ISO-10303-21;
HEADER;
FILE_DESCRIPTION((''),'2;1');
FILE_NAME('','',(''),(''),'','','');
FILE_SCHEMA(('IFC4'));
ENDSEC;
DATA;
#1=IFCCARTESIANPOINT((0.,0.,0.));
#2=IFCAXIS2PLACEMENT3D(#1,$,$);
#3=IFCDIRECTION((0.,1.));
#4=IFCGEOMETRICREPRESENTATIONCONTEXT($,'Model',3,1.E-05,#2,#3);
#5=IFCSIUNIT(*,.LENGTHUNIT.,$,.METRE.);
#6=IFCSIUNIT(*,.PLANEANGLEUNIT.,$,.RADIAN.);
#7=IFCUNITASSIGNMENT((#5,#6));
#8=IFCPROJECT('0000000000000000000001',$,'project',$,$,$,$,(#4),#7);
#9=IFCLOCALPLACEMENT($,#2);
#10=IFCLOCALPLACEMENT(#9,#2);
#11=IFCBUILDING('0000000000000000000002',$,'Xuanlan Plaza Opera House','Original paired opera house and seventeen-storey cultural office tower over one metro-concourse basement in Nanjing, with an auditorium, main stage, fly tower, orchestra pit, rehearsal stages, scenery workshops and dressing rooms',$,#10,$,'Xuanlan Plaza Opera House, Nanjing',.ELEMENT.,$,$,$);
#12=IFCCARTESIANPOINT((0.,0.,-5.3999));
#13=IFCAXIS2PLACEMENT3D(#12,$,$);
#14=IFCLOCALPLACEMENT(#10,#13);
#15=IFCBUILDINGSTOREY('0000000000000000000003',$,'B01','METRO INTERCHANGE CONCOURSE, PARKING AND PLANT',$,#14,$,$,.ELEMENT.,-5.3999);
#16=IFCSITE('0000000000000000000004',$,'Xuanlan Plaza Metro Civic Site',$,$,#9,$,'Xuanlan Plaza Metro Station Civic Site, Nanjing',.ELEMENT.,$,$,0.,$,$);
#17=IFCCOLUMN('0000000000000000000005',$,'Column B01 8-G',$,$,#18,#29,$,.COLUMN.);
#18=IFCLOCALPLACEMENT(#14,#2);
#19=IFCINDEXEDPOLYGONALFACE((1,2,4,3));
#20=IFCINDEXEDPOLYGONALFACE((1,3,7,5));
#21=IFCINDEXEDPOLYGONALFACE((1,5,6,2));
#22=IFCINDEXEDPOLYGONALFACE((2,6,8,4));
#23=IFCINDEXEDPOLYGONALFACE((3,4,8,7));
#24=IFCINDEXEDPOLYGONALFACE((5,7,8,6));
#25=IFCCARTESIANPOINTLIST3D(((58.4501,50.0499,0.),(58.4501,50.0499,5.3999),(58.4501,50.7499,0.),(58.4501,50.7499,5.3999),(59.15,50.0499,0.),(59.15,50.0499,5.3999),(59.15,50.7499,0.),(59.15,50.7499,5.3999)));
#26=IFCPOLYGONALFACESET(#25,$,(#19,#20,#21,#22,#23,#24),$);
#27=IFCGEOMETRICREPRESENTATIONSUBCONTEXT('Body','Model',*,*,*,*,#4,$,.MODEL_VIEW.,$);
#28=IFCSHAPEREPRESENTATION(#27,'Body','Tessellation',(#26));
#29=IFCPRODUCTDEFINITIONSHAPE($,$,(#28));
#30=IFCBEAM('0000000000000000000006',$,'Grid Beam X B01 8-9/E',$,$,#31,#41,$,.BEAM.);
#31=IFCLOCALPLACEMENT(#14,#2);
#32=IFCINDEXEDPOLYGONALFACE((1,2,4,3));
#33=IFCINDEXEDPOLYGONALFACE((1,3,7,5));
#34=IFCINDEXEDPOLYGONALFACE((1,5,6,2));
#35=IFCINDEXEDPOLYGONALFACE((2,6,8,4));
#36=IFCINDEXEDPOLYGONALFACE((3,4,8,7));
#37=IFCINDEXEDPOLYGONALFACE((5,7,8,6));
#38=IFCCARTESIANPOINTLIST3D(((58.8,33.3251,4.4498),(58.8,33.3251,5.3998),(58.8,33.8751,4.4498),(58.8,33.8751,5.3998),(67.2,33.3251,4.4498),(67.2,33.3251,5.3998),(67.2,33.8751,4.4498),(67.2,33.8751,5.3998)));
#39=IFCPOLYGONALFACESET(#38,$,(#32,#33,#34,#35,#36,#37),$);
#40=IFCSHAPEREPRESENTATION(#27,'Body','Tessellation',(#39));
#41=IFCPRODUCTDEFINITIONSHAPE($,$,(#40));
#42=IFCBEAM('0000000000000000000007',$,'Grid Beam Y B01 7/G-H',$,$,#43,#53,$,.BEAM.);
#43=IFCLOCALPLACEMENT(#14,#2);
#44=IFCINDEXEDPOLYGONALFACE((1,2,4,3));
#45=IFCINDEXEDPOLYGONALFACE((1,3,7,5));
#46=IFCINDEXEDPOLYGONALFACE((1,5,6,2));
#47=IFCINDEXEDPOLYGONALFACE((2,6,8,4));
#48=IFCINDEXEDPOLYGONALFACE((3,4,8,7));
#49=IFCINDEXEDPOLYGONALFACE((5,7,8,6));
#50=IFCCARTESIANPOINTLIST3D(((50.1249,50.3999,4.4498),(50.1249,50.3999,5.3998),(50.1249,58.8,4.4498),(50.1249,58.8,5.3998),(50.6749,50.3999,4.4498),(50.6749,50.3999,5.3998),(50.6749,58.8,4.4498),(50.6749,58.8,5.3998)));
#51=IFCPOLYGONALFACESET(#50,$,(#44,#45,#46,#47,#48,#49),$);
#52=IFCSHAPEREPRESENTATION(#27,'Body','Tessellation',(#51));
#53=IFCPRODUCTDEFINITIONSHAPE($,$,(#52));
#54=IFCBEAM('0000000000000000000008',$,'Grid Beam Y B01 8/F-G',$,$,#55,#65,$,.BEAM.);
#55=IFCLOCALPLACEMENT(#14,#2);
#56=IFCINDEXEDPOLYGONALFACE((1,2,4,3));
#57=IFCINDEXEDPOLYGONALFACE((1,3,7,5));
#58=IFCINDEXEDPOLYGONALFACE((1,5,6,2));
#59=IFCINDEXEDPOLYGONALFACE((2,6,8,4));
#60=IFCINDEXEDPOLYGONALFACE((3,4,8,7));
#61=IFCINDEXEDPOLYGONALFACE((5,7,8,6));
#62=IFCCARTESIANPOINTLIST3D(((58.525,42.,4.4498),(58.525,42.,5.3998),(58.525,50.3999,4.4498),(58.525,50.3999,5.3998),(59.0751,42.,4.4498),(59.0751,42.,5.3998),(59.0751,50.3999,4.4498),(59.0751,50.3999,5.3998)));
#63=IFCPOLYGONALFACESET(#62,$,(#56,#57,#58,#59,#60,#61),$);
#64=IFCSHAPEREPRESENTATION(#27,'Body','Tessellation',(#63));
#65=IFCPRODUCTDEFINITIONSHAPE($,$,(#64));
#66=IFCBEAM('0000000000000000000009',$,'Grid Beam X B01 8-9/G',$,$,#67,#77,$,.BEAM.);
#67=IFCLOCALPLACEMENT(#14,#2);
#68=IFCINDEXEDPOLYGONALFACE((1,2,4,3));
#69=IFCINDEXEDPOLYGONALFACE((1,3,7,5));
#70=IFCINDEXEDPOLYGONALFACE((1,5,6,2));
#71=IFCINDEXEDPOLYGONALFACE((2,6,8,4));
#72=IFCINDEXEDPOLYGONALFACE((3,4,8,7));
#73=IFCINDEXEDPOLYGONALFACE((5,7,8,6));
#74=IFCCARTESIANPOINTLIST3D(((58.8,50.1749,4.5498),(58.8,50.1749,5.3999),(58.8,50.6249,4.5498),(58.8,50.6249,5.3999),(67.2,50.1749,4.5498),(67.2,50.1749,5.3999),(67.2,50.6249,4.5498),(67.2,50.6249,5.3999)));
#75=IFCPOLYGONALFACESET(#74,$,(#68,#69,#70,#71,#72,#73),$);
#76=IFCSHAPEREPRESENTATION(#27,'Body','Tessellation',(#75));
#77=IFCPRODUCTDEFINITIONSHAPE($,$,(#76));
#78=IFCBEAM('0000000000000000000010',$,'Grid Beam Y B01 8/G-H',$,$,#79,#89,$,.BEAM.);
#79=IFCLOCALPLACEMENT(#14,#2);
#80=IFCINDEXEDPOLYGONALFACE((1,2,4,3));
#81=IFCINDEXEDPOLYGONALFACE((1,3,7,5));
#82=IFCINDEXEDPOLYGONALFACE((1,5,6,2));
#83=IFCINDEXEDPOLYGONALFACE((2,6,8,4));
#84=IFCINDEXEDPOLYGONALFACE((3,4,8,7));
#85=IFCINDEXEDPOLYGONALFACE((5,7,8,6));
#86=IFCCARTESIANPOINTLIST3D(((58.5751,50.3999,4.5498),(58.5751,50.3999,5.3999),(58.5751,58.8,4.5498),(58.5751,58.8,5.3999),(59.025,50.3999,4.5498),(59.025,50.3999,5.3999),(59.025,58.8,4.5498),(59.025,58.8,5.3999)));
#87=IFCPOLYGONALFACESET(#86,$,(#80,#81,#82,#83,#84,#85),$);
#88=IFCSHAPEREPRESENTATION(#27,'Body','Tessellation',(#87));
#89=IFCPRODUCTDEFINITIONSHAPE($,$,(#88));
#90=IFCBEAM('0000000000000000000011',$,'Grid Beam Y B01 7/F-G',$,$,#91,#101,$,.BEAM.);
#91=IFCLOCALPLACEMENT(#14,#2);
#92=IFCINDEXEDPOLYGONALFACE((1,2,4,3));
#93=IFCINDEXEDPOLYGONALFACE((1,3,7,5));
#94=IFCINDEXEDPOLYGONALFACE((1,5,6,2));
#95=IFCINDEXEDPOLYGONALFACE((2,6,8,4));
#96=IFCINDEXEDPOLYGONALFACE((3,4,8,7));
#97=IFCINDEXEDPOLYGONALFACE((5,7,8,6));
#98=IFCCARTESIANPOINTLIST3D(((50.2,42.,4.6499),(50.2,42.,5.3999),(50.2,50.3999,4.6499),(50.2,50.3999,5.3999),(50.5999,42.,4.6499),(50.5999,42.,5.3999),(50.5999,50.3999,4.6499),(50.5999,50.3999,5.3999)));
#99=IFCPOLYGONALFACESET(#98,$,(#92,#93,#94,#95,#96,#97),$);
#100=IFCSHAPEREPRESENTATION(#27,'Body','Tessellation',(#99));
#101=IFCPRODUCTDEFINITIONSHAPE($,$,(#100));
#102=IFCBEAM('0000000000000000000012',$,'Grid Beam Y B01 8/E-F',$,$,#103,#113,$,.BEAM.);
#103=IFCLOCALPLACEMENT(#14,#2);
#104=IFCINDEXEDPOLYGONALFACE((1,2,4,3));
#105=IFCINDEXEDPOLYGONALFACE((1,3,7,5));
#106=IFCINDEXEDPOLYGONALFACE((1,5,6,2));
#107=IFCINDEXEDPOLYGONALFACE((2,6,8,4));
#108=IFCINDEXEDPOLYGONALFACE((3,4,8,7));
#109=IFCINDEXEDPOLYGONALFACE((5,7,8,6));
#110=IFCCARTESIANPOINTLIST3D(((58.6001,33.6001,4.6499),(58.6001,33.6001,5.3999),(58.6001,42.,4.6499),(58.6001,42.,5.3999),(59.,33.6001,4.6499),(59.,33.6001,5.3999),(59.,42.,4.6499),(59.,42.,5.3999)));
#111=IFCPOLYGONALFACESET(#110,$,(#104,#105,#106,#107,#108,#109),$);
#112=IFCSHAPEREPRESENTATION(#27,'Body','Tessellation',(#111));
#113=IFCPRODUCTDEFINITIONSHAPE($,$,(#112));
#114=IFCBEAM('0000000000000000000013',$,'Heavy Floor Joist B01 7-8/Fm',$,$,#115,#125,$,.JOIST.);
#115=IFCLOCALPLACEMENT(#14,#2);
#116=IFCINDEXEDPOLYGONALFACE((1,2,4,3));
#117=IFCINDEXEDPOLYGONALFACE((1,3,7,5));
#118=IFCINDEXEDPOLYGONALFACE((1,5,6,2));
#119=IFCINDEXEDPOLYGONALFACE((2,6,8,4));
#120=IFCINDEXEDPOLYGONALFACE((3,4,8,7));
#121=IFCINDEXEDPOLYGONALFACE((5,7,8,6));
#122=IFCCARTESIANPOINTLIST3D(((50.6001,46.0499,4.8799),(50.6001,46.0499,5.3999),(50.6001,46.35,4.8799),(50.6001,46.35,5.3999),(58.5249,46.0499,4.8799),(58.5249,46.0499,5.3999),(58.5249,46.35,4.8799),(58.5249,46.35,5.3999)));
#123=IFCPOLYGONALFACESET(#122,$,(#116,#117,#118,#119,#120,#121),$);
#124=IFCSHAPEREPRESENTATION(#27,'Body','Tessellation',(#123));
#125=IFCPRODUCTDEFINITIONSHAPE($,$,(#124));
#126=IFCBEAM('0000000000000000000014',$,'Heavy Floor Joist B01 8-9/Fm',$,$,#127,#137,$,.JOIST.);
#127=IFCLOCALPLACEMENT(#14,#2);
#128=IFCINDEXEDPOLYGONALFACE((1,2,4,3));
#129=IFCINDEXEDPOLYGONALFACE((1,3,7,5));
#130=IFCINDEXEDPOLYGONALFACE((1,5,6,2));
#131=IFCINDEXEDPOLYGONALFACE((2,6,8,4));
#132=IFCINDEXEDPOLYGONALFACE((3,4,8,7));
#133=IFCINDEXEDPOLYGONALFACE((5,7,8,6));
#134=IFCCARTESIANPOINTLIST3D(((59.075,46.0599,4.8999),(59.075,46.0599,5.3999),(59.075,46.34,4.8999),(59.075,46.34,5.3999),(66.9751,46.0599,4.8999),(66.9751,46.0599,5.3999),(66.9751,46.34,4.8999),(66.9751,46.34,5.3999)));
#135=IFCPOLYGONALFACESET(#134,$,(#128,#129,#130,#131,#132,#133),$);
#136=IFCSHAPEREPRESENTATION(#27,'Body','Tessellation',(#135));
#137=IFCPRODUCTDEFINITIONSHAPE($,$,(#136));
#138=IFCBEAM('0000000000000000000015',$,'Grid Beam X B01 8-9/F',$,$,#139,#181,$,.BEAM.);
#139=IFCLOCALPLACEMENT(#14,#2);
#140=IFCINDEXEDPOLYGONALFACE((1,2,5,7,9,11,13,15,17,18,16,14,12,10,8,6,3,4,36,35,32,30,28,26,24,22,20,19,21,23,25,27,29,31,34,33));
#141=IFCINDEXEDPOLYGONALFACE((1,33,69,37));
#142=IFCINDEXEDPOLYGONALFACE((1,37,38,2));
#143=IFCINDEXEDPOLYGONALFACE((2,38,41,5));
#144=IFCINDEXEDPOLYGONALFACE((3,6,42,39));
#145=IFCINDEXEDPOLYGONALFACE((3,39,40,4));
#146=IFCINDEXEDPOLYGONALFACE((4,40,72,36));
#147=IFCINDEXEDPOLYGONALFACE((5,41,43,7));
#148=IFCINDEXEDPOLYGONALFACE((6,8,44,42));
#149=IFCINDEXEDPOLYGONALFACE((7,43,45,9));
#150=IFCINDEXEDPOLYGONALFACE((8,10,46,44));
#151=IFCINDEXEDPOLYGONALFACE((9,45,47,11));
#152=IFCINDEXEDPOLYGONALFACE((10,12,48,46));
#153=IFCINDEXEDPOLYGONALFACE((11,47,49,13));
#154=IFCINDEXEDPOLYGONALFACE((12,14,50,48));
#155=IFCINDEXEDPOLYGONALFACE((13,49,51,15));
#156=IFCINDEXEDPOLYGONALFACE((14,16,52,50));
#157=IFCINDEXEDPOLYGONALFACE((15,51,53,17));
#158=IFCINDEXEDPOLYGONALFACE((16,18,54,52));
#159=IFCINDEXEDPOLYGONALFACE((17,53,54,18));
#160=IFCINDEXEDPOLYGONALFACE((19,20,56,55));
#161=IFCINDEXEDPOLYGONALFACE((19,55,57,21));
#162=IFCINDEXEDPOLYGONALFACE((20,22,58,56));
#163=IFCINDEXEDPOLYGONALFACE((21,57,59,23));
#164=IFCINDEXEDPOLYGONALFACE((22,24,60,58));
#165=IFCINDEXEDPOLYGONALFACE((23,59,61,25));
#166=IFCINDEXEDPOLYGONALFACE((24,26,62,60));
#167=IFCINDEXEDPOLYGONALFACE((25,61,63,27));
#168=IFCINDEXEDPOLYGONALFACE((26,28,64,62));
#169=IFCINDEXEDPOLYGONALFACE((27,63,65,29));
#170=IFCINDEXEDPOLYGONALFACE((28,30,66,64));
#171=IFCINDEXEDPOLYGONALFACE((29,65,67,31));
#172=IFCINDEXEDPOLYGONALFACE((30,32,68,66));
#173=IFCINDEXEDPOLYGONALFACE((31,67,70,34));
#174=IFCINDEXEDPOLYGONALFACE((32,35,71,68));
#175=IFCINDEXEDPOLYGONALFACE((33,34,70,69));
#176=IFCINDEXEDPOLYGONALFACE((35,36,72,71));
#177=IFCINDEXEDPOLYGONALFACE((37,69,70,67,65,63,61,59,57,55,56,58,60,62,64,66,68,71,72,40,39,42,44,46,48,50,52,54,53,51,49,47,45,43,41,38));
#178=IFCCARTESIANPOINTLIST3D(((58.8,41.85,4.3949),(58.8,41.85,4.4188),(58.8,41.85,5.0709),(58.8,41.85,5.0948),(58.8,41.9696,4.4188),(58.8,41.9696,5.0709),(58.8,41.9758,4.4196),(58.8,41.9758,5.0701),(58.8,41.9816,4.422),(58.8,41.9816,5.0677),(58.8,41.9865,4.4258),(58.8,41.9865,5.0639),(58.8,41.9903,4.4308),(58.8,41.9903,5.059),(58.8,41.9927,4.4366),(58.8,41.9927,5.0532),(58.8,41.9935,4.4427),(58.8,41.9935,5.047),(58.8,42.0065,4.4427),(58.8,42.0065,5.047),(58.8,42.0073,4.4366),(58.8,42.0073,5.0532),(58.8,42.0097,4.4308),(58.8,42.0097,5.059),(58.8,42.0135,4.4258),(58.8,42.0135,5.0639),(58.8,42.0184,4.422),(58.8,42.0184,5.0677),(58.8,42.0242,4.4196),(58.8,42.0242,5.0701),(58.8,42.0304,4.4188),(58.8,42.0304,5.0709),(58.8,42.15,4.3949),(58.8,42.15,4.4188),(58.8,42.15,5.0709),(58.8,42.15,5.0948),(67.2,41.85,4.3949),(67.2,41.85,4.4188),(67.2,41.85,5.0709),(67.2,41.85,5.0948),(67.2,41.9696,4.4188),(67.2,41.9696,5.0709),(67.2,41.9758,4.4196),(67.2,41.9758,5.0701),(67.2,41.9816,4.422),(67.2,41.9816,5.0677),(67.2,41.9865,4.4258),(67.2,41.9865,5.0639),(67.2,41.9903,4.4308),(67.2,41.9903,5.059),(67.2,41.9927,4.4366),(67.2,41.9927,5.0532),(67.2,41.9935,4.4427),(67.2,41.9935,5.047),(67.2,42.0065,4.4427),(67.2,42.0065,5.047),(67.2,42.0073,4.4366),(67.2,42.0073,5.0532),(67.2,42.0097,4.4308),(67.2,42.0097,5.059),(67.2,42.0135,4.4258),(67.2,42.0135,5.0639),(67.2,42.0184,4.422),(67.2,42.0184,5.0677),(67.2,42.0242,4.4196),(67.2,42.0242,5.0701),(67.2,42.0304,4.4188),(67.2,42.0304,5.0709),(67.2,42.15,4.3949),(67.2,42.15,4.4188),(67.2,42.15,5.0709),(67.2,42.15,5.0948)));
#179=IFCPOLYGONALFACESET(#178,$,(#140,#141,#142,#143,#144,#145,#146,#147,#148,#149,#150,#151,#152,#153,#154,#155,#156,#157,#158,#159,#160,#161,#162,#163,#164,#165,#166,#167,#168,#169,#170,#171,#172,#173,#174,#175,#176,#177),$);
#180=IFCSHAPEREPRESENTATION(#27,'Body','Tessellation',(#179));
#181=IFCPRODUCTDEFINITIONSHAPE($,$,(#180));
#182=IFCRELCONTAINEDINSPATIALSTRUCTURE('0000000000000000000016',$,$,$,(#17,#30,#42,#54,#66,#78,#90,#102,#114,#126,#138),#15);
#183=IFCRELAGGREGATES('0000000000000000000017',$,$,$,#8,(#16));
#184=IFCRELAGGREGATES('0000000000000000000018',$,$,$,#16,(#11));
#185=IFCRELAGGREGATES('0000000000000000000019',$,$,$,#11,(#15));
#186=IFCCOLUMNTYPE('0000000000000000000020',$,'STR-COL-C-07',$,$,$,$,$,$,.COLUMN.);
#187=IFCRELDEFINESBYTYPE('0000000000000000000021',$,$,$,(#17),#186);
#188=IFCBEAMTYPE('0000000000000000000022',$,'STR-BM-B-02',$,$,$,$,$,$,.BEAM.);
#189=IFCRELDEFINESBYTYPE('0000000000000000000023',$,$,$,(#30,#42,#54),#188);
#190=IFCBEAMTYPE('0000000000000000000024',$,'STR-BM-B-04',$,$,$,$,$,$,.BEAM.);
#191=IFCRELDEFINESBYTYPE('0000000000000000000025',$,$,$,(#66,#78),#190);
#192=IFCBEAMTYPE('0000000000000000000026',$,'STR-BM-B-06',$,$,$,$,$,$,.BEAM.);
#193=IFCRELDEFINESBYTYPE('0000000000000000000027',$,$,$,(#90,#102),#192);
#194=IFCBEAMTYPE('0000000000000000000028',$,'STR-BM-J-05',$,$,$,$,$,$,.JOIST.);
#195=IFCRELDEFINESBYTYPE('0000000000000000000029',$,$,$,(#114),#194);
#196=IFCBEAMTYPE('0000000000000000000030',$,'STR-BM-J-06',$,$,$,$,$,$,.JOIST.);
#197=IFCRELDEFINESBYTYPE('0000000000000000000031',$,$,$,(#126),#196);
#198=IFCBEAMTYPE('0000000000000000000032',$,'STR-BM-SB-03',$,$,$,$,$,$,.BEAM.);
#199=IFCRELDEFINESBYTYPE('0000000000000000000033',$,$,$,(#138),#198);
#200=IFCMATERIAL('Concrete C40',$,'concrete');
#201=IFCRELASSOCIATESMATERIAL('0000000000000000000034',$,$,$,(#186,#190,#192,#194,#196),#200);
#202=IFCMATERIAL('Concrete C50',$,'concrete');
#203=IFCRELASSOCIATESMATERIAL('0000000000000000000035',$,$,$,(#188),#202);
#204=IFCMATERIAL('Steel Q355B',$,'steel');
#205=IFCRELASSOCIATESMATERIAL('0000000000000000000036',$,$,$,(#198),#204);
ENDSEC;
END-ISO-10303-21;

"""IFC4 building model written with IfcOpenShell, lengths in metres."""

from ifc_helpers import new_model, si_unit, direction, frame, origin, origin_2d, place, context, subcontext, project, spatial, rectangle, i_section, extrude, material, material_profile, profile_set, type_object, element, save


model = new_model("IFC4")

# Units and contexts
model_context = context("Model", 3, precision=1e-05, world=origin(), true_north=direction((0.0, 1.0)))
body_context = subcontext(model_context, "Body", "Model", "MODEL_VIEW")
ifc_project = project(units=[si_unit("LENGTHUNIT", "METRE"), si_unit("PLANEANGLEUNIT", "RADIAN")], contexts=[model_context])

# Site, building, storey
site_placement = place(None, origin())
site = spatial("IfcSite", under=ifc_project, at=site_placement, Name="Xuanlan Plaza Metro Civic Site", LongName="Xuanlan Plaza Metro Station Civic Site, Nanjing", CompositionType="ELEMENT", RefElevation=0.0)
building_placement = place(site_placement, origin())
building = spatial("IfcBuilding", under=site, at=building_placement, Name="Xuanlan Plaza Opera House", Description="Original paired opera house and seventeen-storey cultural office tower over one metro-concourse basement in Nanjing, with an auditorium, main stage, fly tower, orchestra pit, rehearsal stages, scenery workshops and dressing rooms", LongName="Xuanlan Plaza Opera House, Nanjing", CompositionType="ELEMENT")
storey_placement = place(building_placement, frame((0.0, 0.0, -5.3999)))
storey = spatial("IfcBuildingStorey", under=building, at=storey_placement, Name="B01", Description="METRO INTERCHANGE CONCOURSE, PARKING AND PLANT", CompositionType="ELEMENT", Elevation=-5.3999)

# Shared definitions
ifc_material_1 = material(Name="Concrete C40", Category="concrete")
ifc_material_2 = material(Name="Concrete C50", Category="concrete")

# Column
ifc_material_profile_1 = material_profile(ifc_material_1, rectangle(XDim=0.7, YDim=0.7, at=origin_2d()), Name="RC-COL 700x700")
ifc_profile_set_1 = profile_set([ifc_material_profile_1], Name="Concrete C40")
column_type_1 = type_object("IfcColumnType", Name="STR-COL-C-07", PredefinedType="COLUMN", material=ifc_profile_set_1)
column_1_placement = place(storey_placement, frame((58.8, 50.3999, 0.0), z_axis=(0.0, 0.0, 1.0), x_axis=(1.0, 0.0, 0.0)))
element("IfcColumn", 1, at=column_1_placement, inside=storey, type_object=column_type_1, Name="Column B01 8-G", PredefinedType="COLUMN", context=body_context, shape_type="SweptSolid", body=[
    extrude(rectangle(XDim=0.7, YDim=0.7, at=origin_2d()), origin(), (0.0, 0.0, 1.0), 5.3999),
])

# Beams
ifc_material_profile_2 = material_profile(ifc_material_2, rectangle(XDim=0.55, YDim=0.95, at=origin_2d()), Name="RC-BM 550x950")
ifc_profile_set_2 = profile_set([ifc_material_profile_2], Name="Concrete C50")
beam_type_1 = type_object("IfcBeamType", Name="STR-BM-B-02", PredefinedType="BEAM", material=ifc_profile_set_2)
beam_1_placement = place(storey_placement, frame((58.8, 33.6001, 4.9248), z_axis=(1.0, 0.0, 0.0), x_axis=(0.0, 1.0, 0.0)))
element("IfcBeam", 2, at=beam_1_placement, inside=storey, type_object=beam_type_1, Name="Grid Beam X B01 8-9/E", PredefinedType="BEAM", context=body_context, shape_type="SweptSolid", body=[
    extrude(rectangle(XDim=0.55, YDim=0.95, at=origin_2d()), origin(), (0.0, 0.0, 1.0), 8.3999),
])
beam_2_placement = place(storey_placement, frame((50.3999, 50.3999, 4.9248), z_axis=(0.0, 1.0, 0.0), x_axis=(-1.0, 0.0, 0.0)))
element("IfcBeam", 3, at=beam_2_placement, inside=storey, type_object=beam_type_1, Name="Grid Beam Y B01 7/G-H", PredefinedType="BEAM", context=body_context, shape_type="SweptSolid", body=[
    extrude(rectangle(XDim=0.55, YDim=0.95, at=origin_2d()), origin(), (0.0, 0.0, 1.0), 8.4001),
])
beam_3_placement = place(storey_placement, frame((58.8, 42.0, 4.9248), z_axis=(0.0, 1.0, 0.0), x_axis=(-1.0, 0.0, 0.0)))
element("IfcBeam", 4, at=beam_3_placement, inside=storey, type_object=beam_type_1, Name="Grid Beam Y B01 8/F-G", PredefinedType="BEAM", context=body_context, shape_type="SweptSolid", body=[
    extrude(rectangle(XDim=0.55, YDim=0.95, at=origin_2d()), origin(), (0.0, 0.0, 1.0), 8.3999),
])
ifc_material_profile_3 = material_profile(ifc_material_1, rectangle(XDim=0.45, YDim=0.8501, at=origin_2d()), Name="RC-BM 450x850")
ifc_profile_set_3 = profile_set([ifc_material_profile_3], Name="Concrete C40")
beam_type_2 = type_object("IfcBeamType", Name="STR-BM-B-04", PredefinedType="BEAM", material=ifc_profile_set_3)
beam_4_placement = place(storey_placement, frame((58.8, 50.3999, 4.9749), z_axis=(1.0, 0.0, 0.0), x_axis=(0.0, 1.0, 0.0)))
element("IfcBeam", 5, at=beam_4_placement, inside=storey, type_object=beam_type_2, Name="Grid Beam X B01 8-9/G", PredefinedType="BEAM", context=body_context, shape_type="SweptSolid", body=[
    extrude(rectangle(XDim=0.45, YDim=0.8501, at=origin_2d()), origin(), (0.0, 0.0, 1.0), 8.3999),
])
beam_5_placement = place(storey_placement, frame((58.8, 50.3999, 4.9749), z_axis=(0.0, 1.0, 0.0), x_axis=(-1.0, 0.0, 0.0)))
element("IfcBeam", 6, at=beam_5_placement, inside=storey, type_object=beam_type_2, Name="Grid Beam Y B01 8/G-H", PredefinedType="BEAM", context=body_context, shape_type="SweptSolid", body=[
    extrude(rectangle(XDim=0.45, YDim=0.8501, at=origin_2d()), origin(), (0.0, 0.0, 1.0), 8.4001),
])
ifc_material_profile_4 = material_profile(ifc_material_1, rectangle(XDim=0.3999, YDim=0.75, at=origin_2d()), Name="RC-BM 400x750")
ifc_profile_set_4 = profile_set([ifc_material_profile_4], Name="Concrete C40")
beam_type_3 = type_object("IfcBeamType", Name="STR-BM-B-06", PredefinedType="BEAM", material=ifc_profile_set_4)
for number, where, z_axis, x_axis, name in (
    (7, (50.3999, 42.0, 5.0249), (0.0, 1.0, 0.0), (-1.0, 0.0, 0.0), "Grid Beam Y B01 7/F-G"),
    (8, (58.8, 33.6001, 5.0249), (0.0, 1.0, 0.0), (-1.0, 0.0, 0.0), "Grid Beam Y B01 8/E-F"),
):
    element("IfcBeam", number, at=place(storey_placement, frame(where, z_axis=z_axis, x_axis=x_axis)), inside=storey, type_object=beam_type_3, Name=name, PredefinedType="BEAM", context=body_context, shape_type="SweptSolid", body=[
        extrude(rectangle(XDim=0.3999, YDim=0.75, at=origin_2d()), origin(), (0.0, 0.0, 1.0), 8.3999),
    ])
ifc_material_profile_5 = material_profile(ifc_material_1, rectangle(XDim=0.3, YDim=0.52, at=origin_2d()), Name="RC-JST 300x520")
ifc_profile_set_5 = profile_set([ifc_material_profile_5], Name="Concrete C40")
beam_type_4 = type_object("IfcBeamType", Name="STR-BM-J-05", PredefinedType="JOIST", material=ifc_profile_set_5)
beam_6_placement = place(storey_placement, frame((50.6001, 46.2, 5.1399), z_axis=(1.0, 0.0, 0.0), x_axis=(0.0, 1.0, 0.0)))
element("IfcBeam", 9, at=beam_6_placement, inside=storey, type_object=beam_type_4, Name="Heavy Floor Joist B01 7-8/Fm", PredefinedType="JOIST", context=body_context, shape_type="SweptSolid", body=[
    extrude(rectangle(XDim=0.3, YDim=0.52, at=origin_2d()), origin(), (0.0, 0.0, 1.0), 7.9248),
])
ifc_material_profile_6 = material_profile(ifc_material_1, rectangle(XDim=0.28, YDim=0.5, at=origin_2d()), Name="RC-JST 280x500")
ifc_profile_set_6 = profile_set([ifc_material_profile_6], Name="Concrete C40")
beam_type_5 = type_object("IfcBeamType", Name="STR-BM-J-06", PredefinedType="JOIST", material=ifc_profile_set_6)
beam_7_placement = place(storey_placement, frame((59.075, 46.2, 5.1499), z_axis=(1.0, 0.0, 0.0), x_axis=(0.0, 1.0, 0.0)))
element("IfcBeam", 10, at=beam_7_placement, inside=storey, type_object=beam_type_5, Name="Heavy Floor Joist B01 8-9/Fm", PredefinedType="JOIST", context=body_context, shape_type="SweptSolid", body=[
    extrude(rectangle(XDim=0.28, YDim=0.5, at=origin_2d()), origin(), (0.0, 0.0, 1.0), 7.9001),
])
ifc_material_3 = material(Name="Steel Q355B", Category="steel")
ifc_material_profile_7 = material_profile(ifc_material_3, i_section(OverallWidth=0.3, OverallDepth=0.7, WebThickness=0.0129, FlangeThickness=0.0239, FilletRadius=0.0239, at=origin_2d()), Name="HN 700x300x13x24")
ifc_profile_set_7 = profile_set([ifc_material_profile_7], Name="Steel Q355B")
beam_type_6 = type_object("IfcBeamType", Name="STR-BM-SB-03", PredefinedType="BEAM", material=ifc_profile_set_7)
beam_8_placement = place(storey_placement, frame((58.8, 42.0, 4.7449), z_axis=(1.0, 0.0, 0.0), x_axis=(0.0, 1.0, 0.0)))
element("IfcBeam", 11, at=beam_8_placement, inside=storey, type_object=beam_type_6, Name="Grid Beam X B01 8-9/F", PredefinedType="BEAM", context=body_context, shape_type="SweptSolid", body=[
    extrude(i_section(OverallWidth=0.3, OverallDepth=0.7, WebThickness=0.0129, FlangeThickness=0.0239, FilletRadius=0.0239, at=origin_2d()), origin(), (0.0, 0.0, 1.0), 8.3999),
])

save(model, "model.ifc")
